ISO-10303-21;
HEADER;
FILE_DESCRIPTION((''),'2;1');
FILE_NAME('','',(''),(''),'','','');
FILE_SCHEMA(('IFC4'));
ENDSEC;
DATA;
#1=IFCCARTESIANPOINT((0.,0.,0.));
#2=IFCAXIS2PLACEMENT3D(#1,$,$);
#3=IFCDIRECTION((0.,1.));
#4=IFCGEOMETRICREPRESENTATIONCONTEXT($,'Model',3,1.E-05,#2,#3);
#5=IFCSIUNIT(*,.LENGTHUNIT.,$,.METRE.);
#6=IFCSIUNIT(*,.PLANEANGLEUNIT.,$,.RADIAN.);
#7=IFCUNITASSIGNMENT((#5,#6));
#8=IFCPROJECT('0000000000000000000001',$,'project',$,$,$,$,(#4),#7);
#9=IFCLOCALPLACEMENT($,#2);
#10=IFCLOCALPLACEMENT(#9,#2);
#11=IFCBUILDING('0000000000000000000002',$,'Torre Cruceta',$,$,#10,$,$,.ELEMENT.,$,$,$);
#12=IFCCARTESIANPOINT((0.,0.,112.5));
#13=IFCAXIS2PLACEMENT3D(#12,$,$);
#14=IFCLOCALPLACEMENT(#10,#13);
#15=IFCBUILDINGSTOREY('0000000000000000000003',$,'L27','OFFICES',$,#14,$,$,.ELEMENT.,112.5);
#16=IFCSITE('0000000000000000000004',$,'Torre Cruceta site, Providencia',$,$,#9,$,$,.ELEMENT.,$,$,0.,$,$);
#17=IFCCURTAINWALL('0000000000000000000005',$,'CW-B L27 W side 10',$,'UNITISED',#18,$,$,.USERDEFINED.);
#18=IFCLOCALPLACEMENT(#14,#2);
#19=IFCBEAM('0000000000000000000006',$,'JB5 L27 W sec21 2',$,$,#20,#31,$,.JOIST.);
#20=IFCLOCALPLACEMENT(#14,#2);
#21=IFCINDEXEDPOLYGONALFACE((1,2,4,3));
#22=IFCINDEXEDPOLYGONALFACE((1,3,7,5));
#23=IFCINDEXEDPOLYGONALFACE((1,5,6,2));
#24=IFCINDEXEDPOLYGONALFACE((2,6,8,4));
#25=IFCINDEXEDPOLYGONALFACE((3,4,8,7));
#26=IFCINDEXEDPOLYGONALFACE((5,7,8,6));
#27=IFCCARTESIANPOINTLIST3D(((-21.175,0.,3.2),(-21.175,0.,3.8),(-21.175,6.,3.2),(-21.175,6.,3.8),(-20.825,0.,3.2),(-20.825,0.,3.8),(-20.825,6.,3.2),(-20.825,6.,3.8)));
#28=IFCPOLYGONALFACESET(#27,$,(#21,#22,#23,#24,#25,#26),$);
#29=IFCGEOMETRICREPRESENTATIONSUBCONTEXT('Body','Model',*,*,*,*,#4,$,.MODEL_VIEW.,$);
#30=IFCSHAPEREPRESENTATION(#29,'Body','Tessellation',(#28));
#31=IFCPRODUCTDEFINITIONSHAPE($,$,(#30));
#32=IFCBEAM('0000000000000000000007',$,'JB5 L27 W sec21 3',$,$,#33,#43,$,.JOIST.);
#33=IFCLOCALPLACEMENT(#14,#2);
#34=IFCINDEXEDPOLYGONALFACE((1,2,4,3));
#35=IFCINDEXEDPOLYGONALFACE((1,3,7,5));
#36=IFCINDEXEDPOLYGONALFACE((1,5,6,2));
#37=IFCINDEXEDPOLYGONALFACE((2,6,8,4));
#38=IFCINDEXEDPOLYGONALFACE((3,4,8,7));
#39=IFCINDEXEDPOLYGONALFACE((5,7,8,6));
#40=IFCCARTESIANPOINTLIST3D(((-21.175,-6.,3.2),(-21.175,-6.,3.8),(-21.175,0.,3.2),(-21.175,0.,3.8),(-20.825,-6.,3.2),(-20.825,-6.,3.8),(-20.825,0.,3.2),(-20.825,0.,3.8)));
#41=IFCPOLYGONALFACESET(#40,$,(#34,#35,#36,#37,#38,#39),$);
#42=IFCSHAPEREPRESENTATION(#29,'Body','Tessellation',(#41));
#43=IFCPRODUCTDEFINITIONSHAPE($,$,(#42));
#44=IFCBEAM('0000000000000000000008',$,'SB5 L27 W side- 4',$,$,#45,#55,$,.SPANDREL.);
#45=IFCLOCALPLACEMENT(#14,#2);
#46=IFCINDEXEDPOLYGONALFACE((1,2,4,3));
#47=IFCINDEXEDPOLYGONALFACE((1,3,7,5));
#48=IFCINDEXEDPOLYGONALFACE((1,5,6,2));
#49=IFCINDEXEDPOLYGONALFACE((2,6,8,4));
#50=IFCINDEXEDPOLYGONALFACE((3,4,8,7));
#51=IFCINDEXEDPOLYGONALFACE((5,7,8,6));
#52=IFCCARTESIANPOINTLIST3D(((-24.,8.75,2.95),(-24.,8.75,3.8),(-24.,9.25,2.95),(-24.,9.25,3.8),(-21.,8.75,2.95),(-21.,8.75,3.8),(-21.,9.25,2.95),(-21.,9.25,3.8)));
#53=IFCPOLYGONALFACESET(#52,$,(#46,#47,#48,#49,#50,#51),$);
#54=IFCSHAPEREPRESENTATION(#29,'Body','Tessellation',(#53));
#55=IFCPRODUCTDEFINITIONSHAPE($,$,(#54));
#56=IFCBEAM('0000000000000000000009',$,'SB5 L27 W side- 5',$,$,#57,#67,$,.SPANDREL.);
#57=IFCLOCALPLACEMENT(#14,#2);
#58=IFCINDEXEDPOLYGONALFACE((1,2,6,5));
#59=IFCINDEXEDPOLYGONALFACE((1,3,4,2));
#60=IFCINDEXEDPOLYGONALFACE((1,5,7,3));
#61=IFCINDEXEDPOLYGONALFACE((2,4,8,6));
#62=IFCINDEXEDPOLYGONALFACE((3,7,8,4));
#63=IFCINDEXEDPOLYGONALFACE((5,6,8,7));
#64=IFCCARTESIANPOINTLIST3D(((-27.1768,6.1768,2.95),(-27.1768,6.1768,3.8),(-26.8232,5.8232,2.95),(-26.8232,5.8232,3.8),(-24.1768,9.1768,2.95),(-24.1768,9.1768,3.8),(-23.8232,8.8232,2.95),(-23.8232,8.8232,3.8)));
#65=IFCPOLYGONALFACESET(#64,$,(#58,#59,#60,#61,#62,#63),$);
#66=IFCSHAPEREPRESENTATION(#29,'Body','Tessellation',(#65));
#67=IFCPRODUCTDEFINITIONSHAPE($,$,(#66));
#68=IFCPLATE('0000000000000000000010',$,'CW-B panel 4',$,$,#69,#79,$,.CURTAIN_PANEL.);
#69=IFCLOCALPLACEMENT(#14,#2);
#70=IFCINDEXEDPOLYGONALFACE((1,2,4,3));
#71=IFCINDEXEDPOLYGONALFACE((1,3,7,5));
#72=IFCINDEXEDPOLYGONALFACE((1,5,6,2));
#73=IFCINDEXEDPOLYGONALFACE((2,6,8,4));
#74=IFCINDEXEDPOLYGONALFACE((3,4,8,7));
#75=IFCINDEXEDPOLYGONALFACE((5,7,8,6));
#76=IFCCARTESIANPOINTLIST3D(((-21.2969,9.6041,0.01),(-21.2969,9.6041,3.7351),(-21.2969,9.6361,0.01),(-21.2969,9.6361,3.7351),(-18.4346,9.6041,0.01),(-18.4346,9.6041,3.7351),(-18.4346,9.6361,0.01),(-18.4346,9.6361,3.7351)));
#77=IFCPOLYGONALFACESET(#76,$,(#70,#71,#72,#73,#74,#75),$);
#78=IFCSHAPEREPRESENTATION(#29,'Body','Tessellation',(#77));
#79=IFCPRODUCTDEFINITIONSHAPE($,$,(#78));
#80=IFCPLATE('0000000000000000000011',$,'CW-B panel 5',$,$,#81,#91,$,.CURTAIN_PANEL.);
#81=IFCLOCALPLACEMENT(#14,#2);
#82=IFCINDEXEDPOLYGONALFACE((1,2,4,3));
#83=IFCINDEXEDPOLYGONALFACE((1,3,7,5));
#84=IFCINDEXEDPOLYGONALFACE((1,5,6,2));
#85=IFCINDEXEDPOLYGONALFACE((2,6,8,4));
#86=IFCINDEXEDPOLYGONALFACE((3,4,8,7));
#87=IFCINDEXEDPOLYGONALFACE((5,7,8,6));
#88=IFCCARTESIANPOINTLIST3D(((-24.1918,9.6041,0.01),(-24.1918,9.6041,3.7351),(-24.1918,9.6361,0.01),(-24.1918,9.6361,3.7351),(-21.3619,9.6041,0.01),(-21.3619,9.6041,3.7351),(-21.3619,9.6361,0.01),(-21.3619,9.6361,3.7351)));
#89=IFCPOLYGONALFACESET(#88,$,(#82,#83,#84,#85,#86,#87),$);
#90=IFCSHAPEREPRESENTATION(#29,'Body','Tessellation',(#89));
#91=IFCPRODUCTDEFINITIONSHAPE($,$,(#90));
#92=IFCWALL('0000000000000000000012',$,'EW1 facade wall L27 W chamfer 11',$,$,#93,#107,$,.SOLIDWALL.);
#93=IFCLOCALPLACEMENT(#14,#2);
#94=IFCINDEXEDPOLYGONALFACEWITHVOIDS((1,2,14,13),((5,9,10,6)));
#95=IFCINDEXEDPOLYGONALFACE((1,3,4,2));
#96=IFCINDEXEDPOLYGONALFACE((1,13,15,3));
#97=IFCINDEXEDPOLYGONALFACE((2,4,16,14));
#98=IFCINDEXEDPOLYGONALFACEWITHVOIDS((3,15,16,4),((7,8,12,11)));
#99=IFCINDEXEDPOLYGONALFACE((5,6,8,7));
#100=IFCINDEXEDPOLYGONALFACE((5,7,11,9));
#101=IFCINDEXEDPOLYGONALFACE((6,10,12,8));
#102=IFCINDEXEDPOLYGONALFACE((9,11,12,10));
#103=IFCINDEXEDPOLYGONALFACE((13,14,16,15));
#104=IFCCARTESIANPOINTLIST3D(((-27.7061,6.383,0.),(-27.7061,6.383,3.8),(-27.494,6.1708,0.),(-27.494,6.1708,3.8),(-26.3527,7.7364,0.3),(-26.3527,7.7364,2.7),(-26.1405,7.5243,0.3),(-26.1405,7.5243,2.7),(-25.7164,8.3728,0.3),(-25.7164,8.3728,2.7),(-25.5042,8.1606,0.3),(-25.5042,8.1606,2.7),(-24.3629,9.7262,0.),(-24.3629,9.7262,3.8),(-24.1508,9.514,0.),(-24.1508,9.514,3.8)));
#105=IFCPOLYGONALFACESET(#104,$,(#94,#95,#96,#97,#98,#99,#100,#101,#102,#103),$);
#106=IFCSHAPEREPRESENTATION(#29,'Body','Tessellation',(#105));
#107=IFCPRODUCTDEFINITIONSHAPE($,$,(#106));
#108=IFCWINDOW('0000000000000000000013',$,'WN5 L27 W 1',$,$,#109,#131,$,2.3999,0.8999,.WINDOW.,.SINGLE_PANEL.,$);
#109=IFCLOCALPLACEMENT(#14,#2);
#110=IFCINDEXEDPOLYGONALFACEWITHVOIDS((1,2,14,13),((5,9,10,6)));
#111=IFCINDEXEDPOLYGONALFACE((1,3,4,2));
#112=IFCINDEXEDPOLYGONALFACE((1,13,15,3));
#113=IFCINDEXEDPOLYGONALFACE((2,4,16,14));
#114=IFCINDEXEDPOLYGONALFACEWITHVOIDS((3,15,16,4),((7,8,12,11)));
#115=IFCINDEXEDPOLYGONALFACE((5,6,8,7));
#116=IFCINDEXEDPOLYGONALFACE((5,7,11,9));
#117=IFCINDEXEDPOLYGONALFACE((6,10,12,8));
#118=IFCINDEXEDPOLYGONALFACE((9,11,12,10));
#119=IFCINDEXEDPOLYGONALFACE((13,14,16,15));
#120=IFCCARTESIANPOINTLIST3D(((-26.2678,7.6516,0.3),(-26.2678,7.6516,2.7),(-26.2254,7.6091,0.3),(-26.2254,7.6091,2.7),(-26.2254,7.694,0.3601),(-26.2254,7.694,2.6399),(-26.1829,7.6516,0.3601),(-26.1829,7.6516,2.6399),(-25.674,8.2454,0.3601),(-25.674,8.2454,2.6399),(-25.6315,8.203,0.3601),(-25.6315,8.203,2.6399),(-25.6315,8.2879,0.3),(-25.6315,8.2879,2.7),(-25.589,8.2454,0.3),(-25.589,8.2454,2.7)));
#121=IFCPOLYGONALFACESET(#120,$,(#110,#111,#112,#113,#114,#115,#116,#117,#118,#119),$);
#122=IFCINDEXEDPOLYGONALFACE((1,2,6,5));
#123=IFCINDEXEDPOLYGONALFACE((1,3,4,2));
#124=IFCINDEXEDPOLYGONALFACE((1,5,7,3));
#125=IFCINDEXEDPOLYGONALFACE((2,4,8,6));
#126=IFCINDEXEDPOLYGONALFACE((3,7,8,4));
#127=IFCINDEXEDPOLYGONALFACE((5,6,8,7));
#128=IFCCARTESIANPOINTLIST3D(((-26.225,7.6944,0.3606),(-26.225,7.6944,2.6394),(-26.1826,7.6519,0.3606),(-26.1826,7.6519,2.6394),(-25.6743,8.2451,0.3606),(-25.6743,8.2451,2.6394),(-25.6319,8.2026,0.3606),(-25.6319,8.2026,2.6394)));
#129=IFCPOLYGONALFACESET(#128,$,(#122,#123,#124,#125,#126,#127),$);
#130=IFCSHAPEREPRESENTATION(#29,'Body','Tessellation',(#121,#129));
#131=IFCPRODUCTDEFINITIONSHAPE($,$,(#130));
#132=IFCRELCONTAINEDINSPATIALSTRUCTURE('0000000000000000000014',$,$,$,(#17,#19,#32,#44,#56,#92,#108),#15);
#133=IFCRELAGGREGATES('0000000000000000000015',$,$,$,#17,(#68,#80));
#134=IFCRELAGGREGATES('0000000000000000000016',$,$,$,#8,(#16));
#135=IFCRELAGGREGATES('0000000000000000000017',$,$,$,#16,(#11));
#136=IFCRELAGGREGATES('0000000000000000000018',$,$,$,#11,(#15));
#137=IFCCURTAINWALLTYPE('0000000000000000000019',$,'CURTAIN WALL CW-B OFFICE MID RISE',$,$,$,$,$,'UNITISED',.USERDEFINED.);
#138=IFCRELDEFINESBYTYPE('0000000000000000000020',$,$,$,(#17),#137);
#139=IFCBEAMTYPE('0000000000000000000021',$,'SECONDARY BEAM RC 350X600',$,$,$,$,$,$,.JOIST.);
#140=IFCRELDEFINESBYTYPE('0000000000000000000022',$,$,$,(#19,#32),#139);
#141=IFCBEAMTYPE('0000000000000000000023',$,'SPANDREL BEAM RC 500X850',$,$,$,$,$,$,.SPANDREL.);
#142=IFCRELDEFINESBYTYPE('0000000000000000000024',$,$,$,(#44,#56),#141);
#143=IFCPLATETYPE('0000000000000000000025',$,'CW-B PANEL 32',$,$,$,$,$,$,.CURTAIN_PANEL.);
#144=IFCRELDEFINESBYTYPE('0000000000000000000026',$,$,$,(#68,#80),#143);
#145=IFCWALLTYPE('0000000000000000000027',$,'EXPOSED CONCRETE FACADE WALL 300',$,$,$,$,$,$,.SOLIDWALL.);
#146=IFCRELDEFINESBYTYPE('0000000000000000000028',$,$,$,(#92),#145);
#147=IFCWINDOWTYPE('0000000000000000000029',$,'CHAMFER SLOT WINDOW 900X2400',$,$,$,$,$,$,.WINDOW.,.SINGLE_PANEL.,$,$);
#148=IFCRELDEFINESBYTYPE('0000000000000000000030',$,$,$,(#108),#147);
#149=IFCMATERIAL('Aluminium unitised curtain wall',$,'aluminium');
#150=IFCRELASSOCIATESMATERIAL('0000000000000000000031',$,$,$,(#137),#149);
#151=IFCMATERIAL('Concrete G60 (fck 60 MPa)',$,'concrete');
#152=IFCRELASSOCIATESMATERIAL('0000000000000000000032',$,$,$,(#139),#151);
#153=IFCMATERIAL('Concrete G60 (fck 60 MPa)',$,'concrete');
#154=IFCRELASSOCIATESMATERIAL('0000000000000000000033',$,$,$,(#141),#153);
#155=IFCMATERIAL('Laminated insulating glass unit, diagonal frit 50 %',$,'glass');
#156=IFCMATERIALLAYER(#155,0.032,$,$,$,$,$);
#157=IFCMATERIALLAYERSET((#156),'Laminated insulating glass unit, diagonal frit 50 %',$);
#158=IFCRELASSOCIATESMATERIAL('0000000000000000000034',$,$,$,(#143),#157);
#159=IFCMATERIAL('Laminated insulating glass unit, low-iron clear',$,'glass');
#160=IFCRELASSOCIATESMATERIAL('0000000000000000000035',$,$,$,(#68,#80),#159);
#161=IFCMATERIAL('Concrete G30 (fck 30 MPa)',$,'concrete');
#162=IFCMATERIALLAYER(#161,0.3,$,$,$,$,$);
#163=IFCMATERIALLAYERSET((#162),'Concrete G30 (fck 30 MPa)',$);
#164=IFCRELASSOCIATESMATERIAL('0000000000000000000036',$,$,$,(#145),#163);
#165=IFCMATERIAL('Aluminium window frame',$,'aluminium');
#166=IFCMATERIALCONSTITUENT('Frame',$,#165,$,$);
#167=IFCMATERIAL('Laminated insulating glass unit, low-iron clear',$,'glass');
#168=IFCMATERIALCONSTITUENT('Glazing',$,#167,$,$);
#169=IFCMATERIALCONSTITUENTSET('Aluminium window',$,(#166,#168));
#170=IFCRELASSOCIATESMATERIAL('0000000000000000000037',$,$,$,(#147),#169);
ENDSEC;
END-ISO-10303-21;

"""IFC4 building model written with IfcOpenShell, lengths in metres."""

from ifc_helpers import new_model, si_unit, direction, frame, frame_2d, origin, origin_2d, place, context, subcontext, project, spatial, rectangle, hollow_rectangle, extrude, material, layer, layer_set, constituent, constituent_set, material_profile, profile_set, type_object, element, fill, aggregate, save


model = new_model("IFC4")

# Units and contexts
model_context = context("Model", 3, precision=1e-05, world=origin(), true_north=direction((0.0, 1.0)))
body_context = subcontext(model_context, "Body", "Model", "MODEL_VIEW")
ifc_project = project(units=[si_unit("LENGTHUNIT", "METRE"), si_unit("PLANEANGLEUNIT", "RADIAN")], contexts=[model_context])

# Site, building, storey
site_placement = place(None, origin())
site = spatial("IfcSite", under=ifc_project, at=site_placement, Name="Torre Cruceta site, Providencia", CompositionType="ELEMENT", RefElevation=0.0)
building_placement = place(site_placement, origin())
building = spatial("IfcBuilding", under=site, at=building_placement, Name="Torre Cruceta", CompositionType="ELEMENT")
storey_placement = place(building_placement, frame((0.0, 0.0, 112.5)))
storey = spatial("IfcBuildingStorey", under=building, at=storey_placement, Name="L27", Description="OFFICES", CompositionType="ELEMENT", Elevation=112.5)

# Curtain wall
ifc_material_1 = material(Name="Aluminium unitised curtain wall", Category="aluminium")
curtain_wall_type = type_object("IfcCurtainWallType", Name="CURTAIN WALL CW-B OFFICE MID RISE", ElementType="UNITISED", PredefinedType="USERDEFINED", material=ifc_material_1)
curtain_wall_placement = place(storey_placement, origin())
curtain_wall = element("IfcCurtainWall", 1, at=curtain_wall_placement, inside=storey, type_object=curtain_wall_type, Name="CW-B L27 W side 10", ObjectType="UNITISED", PredefinedType="USERDEFINED")

# Beams
ifc_material_2 = material(Name="Concrete G60 (fck 60 MPa)", Category="concrete")
ifc_material_profile_1 = material_profile(ifc_material_2, rectangle(XDim=0.3501, YDim=0.6001, at=origin_2d()), Name="RC 350X600")
ifc_profile_set_1 = profile_set([ifc_material_profile_1], Name="Concrete G60 (fck 60 MPa)")
beam_type_1 = type_object("IfcBeamType", Name="SECONDARY BEAM RC 350X600", PredefinedType="JOIST", material=ifc_profile_set_1)
for number, where, z_axis, x_axis, name in (
    (2, (-21.0, 6.0, 3.5), (0.0, -1.0, 0.0), (1.0, 0.0, 0.0), "JB5 L27 W sec21 2"),
    (3, (-21.0, 0.0, 3.5), (0.0, -1.0, 0.0), (1.0, 0.0, 0.0), "JB5 L27 W sec21 3"),
):
    element("IfcBeam", number, at=place(storey_placement, frame(where, z_axis=z_axis, x_axis=x_axis)), inside=storey, type_object=beam_type_1, Name=name, PredefinedType="JOIST", context=body_context, shape_type="SweptSolid", body=[
        extrude(rectangle(XDim=0.3501, YDim=0.6001, at=origin_2d()), origin(), (0.0, 0.0, 1.0), 6.0),
    ])
ifc_material_3 = material(Name="Concrete G60 (fck 60 MPa)", Category="concrete")
ifc_material_profile_2 = material_profile(ifc_material_3, rectangle(XDim=0.5, YDim=0.8501, at=origin_2d()), Name="RC 500X850")
ifc_profile_set_2 = profile_set([ifc_material_profile_2], Name="Concrete G60 (fck 60 MPa)")
beam_type_2 = type_object("IfcBeamType", Name="SPANDREL BEAM RC 500X850", PredefinedType="SPANDREL", material=ifc_profile_set_2)
beam_1_placement = place(storey_placement, frame((-21.0, 9.0, 3.375), z_axis=(-1.0, 0.0, 0.0), x_axis=(0.0, -1.0, 0.0)))
element("IfcBeam", 4, at=beam_1_placement, inside=storey, type_object=beam_type_2, Name="SB5 L27 W side- 4", PredefinedType="SPANDREL", context=body_context, shape_type="SweptSolid", body=[
    extrude(rectangle(XDim=0.5, YDim=0.8501, at=origin_2d()), origin(), (0.0, 0.0, 1.0), 3.0),
])
beam_2_placement = place(storey_placement, frame((-24.0, 9.0, 3.375), z_axis=(-0.707107, -0.707107, 0.0), x_axis=(0.707107, -0.707107, 0.0)))
element("IfcBeam", 5, at=beam_2_placement, inside=storey, type_object=beam_type_2, Name="SB5 L27 W side- 5", PredefinedType="SPANDREL", context=body_context, shape_type="SweptSolid", body=[
    extrude(rectangle(XDim=0.5, YDim=0.8501, at=origin_2d()), origin(), (0.0, 0.0, 1.0), 4.2427),
])

# Plates
ifc_material_4 = material(Name="Laminated insulating glass unit, low-iron clear", Category="glass")
ifc_material_5 = material(Name="Laminated insulating glass unit, diagonal frit 50 %", Category="glass")
ifc_layer_1 = layer(ifc_material_5, 0.032)
ifc_layer_set_1 = layer_set([ifc_layer_1], Name="Laminated insulating glass unit, diagonal frit 50 %")
plate_type = type_object("IfcPlateType", Name="CW-B PANEL 32", PredefinedType="CURTAIN_PANEL", material=ifc_layer_set_1)
plate_1_placement = place(storey_placement, frame((-19.8657, 9.6201, 0.01), z_axis=(0.0, 0.0, 1.0), x_axis=(-1.0, 0.0, 0.0)))
plate_1 = element("IfcPlate", 6, at=plate_1_placement, type_object=plate_type, material=ifc_material_4, Name="CW-B panel 4", PredefinedType="CURTAIN_PANEL", context=body_context, shape_type="SweptSolid", body=[
    extrude(rectangle(XDim=2.8623, YDim=0.032, at=origin_2d()), origin(), (0.0, 0.0, 1.0), 3.7251),
])
plate_2_placement = place(storey_placement, frame((-22.7769, 9.6201, 0.01), z_axis=(0.0, 0.0, 1.0), x_axis=(-1.0, 0.0, 0.0)))
plate_2 = element("IfcPlate", 7, at=plate_2_placement, type_object=plate_type, material=ifc_material_4, Name="CW-B panel 5", PredefinedType="CURTAIN_PANEL", context=body_context, shape_type="SweptSolid", body=[
    extrude(rectangle(XDim=2.8298, YDim=0.032, at=origin_2d()), origin(), (0.0, 0.0, 1.0), 3.7251),
])
aggregate(curtain_wall, [plate_1, plate_2])

# Wall, opening, window
ifc_material_6 = material(Name="Concrete G30 (fck 30 MPa)", Category="concrete")
ifc_layer_2 = layer(ifc_material_6, 0.3)
ifc_layer_set_2 = layer_set([ifc_layer_2], Name="Concrete G30 (fck 30 MPa)")
wall_type_1 = type_object("IfcWallType", Name="EXPOSED CONCRETE FACADE WALL 300", PredefinedType="SOLIDWALL", material=ifc_layer_set_2)
wall_1_placement = place(storey_placement, frame((-24.2568, 9.6201, 0.0), z_axis=(0.0, 0.0, 1.0), x_axis=(-0.707107, -0.707107, 0.0)))
wall_1 = element("IfcWall", 8, at=wall_1_placement, inside=storey, type_object=wall_type_1, Name="EW1 facade wall L27 W chamfer 11", PredefinedType="SOLIDWALL", context=body_context, shape_type="SweptSolid", body=[
    extrude(rectangle(XDim=4.728, YDim=0.3, at=frame_2d((2.364, 0.0))), origin(), (0.0, 0.0, 1.0), 3.8),
])
opening_1_placement = place(wall_1_placement, frame((1.9141, 0.0, 0.3)))
opening_1 = element("IfcOpeningElement", 9, at=opening_1_placement, cuts=wall_1, PredefinedType="OPENING", context=body_context, shape_type="SweptSolid", body=[
    extrude(rectangle(XDim=0.8999, YDim=2.3999, at=frame_2d((0.45, 1.2))), frame((0.0, 0.1599, 0.0), z_axis=(0.0, -1.0, 0.0), x_axis=(1.0, 0.0, 0.0)), (0.0, 0.0, 1.0), 0.3201),
])
ifc_material_7 = material(Name="Aluminium window frame", Category="aluminium")
ifc_constituent_1 = constituent(ifc_material_7, Name="Frame")
ifc_material_8 = material(Name="Laminated insulating glass unit, low-iron clear", Category="glass")
ifc_constituent_2 = constituent(ifc_material_8, Name="Glazing")
ifc_constituent_set_1 = constituent_set(constituents=[ifc_constituent_1, ifc_constituent_2], Name="Aluminium window")
window_type_1 = type_object("IfcWindowType", Name="CHAMFER SLOT WINDOW 900X2400", PartitioningType="SINGLE_PANEL", PredefinedType="WINDOW", material=ifc_constituent_set_1)
window_1_placement = place(opening_1_placement, origin())
window_1 = element("IfcWindow", 10, at=window_1_placement, inside=storey, type_object=window_type_1, Name="WN5 L27 W 1", OverallHeight=2.3999, OverallWidth=0.8999, PartitioningType="SINGLE_PANEL", PredefinedType="WINDOW", context=body_context, shape_type="SweptSolid", body=[
    extrude(hollow_rectangle(XDim=0.8999, YDim=2.3999, WallThickness=0.0601, at=frame_2d((0.45, 1.2))), frame((0.0, 0.03, 0.0), z_axis=(0.0, -1.0, 0.0), x_axis=(1.0, 0.0, 0.0)), (0.0, 0.0, 1.0), 0.0601),
    extrude(rectangle(XDim=0.7788, YDim=2.2788, at=frame_2d((0.45, 1.2))), frame((0.0, 0.03, 0.0), z_axis=(0.0, -1.0, 0.0), x_axis=(1.0, 0.0, 0.0)), (0.0, 0.0, 1.0), 0.0601),
])
fill(opening_1, window_1)

save(model, "model.ifc")
